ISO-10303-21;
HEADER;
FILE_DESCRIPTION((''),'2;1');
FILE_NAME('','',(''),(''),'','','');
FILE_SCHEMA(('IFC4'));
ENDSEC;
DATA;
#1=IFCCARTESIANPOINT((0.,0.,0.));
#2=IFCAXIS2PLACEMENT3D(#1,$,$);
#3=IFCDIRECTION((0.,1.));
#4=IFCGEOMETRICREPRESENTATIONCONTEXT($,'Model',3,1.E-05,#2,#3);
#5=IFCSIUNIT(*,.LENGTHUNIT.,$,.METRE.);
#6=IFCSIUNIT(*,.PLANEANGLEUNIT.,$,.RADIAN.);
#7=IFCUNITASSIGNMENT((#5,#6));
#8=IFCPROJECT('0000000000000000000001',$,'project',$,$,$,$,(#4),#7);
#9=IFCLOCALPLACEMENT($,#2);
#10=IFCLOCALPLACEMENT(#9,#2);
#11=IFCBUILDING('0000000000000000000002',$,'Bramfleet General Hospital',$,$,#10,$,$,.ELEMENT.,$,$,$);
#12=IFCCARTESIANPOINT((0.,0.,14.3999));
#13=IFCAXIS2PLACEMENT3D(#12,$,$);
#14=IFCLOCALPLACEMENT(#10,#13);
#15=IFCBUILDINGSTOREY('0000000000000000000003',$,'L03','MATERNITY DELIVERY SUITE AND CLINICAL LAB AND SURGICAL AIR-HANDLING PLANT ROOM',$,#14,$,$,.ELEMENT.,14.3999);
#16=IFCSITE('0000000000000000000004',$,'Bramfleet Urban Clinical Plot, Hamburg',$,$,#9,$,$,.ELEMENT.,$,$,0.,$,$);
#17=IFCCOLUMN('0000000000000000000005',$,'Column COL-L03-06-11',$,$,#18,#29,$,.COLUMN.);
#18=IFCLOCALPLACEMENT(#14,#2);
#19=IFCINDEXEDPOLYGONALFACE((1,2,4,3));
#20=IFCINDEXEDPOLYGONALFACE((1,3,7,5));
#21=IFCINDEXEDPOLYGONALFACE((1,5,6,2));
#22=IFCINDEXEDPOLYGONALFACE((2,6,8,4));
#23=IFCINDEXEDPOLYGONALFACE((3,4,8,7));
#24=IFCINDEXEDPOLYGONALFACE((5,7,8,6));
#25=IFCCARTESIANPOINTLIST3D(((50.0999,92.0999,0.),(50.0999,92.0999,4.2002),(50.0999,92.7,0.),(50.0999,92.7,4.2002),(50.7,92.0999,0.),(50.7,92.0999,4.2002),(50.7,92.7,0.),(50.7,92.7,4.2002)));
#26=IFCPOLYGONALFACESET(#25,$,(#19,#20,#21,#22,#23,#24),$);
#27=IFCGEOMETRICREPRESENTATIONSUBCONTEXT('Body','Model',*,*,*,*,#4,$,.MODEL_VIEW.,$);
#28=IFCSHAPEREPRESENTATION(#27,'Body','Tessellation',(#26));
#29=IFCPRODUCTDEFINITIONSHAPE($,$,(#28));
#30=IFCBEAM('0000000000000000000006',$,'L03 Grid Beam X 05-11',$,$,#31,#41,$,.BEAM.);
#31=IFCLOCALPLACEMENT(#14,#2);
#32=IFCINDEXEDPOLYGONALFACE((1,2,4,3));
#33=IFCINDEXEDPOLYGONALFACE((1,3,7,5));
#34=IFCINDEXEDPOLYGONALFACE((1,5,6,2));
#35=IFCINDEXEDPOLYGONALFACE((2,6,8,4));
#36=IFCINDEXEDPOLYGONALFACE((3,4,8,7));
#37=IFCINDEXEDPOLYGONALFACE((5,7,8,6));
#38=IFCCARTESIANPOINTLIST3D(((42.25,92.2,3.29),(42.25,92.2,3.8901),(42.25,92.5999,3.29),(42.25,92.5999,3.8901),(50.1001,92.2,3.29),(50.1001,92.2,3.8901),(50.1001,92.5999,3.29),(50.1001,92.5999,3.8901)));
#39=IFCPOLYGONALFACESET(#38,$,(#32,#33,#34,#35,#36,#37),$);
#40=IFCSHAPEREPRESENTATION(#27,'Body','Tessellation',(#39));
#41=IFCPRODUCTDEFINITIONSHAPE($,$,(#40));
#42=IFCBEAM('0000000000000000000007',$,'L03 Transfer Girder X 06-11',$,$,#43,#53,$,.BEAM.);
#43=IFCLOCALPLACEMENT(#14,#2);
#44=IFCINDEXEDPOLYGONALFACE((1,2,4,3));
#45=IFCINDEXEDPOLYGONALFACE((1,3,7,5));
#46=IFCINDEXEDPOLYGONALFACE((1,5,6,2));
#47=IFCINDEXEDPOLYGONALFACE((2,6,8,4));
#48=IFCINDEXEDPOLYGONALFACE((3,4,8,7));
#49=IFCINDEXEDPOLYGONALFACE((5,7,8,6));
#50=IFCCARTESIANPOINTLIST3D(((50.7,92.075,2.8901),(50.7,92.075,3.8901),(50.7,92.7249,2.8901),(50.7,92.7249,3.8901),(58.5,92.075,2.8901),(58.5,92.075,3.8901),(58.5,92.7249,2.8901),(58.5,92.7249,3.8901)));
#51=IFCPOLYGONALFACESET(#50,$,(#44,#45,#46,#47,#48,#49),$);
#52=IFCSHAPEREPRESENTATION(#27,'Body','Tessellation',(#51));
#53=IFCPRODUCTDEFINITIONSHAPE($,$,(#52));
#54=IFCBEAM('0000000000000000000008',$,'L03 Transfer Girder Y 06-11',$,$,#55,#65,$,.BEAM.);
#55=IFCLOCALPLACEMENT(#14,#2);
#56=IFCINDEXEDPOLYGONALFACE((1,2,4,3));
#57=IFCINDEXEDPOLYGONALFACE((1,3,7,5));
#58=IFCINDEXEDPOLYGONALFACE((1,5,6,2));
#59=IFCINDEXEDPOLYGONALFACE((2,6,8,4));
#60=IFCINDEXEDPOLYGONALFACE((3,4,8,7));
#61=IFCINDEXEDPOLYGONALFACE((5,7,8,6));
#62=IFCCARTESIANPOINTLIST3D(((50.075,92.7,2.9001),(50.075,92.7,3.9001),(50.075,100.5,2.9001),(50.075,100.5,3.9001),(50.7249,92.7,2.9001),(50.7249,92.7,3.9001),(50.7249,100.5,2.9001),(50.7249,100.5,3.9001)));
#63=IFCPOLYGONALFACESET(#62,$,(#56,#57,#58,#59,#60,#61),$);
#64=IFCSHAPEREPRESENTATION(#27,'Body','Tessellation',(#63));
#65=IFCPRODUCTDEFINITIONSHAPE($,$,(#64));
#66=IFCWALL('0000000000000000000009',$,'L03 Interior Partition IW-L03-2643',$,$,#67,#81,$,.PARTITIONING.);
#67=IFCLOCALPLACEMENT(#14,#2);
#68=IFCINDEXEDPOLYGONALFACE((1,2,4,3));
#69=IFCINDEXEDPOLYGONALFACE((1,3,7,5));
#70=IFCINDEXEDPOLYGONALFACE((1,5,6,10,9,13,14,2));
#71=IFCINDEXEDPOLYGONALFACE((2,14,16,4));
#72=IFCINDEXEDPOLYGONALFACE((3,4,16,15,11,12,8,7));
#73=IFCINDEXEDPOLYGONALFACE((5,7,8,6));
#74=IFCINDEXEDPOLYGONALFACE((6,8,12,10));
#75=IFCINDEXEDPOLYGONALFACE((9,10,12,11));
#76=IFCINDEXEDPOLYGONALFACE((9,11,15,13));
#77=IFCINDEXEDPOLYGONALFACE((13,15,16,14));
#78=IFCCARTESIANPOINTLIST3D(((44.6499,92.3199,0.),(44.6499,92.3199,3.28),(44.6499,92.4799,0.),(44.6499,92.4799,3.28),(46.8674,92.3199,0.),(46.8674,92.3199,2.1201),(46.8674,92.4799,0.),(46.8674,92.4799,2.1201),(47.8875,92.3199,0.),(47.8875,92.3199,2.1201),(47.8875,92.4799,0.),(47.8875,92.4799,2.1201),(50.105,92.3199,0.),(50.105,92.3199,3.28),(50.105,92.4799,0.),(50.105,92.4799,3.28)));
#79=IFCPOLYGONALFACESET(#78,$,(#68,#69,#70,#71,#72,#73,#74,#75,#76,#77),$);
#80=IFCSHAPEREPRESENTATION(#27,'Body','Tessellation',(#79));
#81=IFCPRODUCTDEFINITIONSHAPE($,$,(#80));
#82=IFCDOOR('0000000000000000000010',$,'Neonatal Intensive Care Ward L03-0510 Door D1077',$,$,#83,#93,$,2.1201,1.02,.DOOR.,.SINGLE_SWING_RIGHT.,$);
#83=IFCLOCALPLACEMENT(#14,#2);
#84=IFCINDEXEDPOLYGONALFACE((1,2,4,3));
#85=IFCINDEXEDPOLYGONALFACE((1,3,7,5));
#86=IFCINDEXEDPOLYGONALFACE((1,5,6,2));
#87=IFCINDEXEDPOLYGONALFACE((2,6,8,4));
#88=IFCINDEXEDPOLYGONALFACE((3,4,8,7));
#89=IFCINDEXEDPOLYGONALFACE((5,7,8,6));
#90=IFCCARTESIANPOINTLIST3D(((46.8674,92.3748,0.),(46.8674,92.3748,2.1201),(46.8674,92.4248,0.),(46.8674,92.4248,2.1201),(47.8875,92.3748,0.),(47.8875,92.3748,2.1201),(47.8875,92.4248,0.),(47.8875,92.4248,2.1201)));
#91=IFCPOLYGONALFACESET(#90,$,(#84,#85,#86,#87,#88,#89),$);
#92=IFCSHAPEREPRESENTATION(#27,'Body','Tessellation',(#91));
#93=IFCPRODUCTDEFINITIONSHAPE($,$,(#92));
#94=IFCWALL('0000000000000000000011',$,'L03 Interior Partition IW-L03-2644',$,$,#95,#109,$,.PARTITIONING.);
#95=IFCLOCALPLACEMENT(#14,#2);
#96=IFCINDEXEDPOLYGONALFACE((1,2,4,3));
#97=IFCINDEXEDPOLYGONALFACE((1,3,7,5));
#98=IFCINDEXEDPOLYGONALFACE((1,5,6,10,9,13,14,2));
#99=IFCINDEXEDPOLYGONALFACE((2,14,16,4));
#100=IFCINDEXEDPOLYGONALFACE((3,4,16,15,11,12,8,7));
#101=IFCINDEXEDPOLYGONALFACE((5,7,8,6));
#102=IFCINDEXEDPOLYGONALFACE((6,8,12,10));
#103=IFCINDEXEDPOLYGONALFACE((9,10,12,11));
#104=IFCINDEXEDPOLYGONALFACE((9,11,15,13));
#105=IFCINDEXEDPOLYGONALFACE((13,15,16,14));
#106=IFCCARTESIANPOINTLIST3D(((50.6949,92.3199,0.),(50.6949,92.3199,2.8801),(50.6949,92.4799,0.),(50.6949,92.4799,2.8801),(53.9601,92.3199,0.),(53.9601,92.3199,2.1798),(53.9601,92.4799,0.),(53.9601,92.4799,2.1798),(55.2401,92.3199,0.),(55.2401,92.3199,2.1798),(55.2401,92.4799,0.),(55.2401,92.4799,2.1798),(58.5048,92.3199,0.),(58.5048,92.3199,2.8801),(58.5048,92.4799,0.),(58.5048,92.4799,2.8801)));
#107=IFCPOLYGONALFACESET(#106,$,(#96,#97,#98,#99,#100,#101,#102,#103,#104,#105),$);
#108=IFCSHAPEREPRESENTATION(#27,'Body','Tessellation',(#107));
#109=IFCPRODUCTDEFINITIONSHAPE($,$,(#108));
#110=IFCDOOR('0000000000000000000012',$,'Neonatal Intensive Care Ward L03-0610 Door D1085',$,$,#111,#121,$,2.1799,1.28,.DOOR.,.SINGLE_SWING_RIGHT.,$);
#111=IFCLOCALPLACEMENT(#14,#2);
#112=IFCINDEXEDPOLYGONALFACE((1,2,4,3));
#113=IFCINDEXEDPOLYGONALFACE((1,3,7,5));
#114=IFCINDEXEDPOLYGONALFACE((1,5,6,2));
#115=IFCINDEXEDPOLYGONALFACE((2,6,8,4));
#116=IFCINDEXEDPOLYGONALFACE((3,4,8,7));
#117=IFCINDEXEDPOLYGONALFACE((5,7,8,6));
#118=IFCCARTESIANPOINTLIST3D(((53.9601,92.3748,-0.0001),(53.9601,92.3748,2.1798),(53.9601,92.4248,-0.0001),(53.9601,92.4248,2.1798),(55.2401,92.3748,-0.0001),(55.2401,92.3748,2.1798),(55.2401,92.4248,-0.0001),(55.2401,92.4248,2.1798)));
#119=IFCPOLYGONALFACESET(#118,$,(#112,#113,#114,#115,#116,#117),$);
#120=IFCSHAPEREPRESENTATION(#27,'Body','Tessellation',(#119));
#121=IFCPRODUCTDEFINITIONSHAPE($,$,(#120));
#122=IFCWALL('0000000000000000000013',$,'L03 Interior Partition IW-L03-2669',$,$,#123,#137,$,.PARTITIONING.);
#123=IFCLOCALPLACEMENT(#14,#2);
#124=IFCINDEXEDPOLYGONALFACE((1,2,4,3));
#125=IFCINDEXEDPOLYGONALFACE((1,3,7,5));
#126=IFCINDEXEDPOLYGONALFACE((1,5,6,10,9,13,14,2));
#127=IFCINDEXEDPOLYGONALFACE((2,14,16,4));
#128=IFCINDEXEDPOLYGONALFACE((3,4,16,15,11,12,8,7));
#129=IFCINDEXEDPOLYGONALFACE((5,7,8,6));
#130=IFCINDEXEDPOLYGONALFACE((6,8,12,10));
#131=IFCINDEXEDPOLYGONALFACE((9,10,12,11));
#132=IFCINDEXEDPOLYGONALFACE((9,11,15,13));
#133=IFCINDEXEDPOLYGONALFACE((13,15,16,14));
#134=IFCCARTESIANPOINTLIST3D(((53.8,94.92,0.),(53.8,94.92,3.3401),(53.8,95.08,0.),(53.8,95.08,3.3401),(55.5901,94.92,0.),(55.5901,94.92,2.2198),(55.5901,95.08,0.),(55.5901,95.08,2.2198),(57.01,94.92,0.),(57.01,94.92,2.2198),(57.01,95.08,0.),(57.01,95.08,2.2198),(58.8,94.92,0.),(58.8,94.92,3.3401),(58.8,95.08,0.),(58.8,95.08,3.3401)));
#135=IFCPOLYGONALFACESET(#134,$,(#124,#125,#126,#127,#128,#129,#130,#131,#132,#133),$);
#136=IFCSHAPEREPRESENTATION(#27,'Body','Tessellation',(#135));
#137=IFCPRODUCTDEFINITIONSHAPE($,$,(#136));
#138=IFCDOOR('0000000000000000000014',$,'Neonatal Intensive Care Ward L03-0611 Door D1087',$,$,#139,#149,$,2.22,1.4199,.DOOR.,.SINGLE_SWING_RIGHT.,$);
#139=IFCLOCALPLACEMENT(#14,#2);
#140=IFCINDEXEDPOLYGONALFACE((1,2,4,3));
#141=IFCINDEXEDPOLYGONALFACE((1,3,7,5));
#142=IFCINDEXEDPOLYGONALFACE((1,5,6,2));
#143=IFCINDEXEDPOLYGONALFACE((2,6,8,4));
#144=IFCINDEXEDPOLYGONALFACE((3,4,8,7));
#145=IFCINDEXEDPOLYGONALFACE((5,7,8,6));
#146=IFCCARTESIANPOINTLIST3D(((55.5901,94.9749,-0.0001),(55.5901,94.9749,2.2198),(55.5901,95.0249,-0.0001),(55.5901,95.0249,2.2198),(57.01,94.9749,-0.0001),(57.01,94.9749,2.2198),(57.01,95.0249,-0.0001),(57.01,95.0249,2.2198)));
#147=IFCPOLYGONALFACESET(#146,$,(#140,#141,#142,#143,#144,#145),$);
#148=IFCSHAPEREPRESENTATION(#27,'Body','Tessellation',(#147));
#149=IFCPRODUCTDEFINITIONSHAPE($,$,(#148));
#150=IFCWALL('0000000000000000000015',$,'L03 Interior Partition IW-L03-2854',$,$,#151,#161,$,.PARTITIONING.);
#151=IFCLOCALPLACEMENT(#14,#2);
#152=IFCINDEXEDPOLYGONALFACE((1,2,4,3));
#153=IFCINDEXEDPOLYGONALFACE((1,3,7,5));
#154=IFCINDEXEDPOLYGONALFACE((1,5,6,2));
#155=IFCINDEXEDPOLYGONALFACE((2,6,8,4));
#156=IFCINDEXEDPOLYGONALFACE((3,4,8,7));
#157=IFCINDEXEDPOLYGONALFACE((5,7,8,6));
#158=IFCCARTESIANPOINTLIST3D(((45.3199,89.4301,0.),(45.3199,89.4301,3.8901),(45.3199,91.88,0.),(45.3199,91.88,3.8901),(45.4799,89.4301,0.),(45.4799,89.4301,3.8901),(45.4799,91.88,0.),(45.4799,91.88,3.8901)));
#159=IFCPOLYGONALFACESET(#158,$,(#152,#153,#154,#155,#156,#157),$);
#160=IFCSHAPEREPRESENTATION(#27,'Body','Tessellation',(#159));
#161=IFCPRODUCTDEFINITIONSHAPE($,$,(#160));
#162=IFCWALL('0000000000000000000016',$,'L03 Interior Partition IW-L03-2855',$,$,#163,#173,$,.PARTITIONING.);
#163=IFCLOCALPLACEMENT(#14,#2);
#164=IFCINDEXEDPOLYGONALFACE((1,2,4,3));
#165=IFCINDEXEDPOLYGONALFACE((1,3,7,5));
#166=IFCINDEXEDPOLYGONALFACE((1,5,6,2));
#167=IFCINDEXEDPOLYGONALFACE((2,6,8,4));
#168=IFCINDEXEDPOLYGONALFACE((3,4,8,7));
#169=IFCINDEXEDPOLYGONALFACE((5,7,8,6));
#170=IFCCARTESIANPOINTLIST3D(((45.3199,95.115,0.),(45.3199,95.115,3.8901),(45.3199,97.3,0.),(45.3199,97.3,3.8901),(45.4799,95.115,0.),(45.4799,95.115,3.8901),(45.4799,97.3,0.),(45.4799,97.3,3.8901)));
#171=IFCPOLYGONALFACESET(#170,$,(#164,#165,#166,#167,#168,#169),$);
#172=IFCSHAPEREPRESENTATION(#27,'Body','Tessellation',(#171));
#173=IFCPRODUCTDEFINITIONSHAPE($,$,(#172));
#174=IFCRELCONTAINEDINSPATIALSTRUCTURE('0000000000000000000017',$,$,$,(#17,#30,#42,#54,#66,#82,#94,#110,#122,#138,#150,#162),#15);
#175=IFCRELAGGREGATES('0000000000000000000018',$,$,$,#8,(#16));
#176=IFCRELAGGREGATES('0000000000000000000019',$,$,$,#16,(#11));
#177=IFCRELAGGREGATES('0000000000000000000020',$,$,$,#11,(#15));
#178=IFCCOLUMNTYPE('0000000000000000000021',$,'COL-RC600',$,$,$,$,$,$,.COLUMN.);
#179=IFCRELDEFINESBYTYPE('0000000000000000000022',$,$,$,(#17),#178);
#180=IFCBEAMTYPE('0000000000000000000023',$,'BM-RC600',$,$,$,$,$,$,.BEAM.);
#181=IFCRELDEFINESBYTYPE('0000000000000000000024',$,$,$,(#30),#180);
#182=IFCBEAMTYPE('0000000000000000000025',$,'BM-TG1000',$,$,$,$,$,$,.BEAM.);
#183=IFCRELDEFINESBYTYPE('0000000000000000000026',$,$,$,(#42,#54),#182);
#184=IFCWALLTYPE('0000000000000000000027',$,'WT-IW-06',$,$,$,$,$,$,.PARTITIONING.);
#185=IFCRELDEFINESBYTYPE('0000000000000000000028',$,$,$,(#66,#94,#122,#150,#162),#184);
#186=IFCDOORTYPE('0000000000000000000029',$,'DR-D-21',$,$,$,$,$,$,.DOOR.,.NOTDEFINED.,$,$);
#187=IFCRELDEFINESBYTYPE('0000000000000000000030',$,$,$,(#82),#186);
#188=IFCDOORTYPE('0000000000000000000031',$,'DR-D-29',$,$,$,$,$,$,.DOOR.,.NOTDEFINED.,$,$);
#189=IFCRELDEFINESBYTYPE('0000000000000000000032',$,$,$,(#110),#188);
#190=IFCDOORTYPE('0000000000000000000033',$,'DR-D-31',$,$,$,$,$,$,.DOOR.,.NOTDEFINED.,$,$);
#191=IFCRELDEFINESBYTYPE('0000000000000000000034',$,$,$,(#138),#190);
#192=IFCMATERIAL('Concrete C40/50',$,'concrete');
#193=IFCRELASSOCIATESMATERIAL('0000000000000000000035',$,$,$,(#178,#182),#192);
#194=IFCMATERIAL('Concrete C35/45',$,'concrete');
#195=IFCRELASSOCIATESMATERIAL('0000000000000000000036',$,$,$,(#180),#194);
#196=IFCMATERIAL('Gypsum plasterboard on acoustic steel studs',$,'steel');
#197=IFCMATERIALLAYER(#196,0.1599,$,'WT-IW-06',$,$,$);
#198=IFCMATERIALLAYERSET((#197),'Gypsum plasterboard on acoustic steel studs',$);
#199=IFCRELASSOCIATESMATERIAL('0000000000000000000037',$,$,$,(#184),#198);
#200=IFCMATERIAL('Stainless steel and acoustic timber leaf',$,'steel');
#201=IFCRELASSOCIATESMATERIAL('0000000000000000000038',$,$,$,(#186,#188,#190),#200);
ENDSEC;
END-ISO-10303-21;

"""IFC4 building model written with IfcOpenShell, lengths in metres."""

from ifc_helpers import new_model, si_unit, direction, frame, frame_2d, origin, origin_2d, place, context, subcontext, project, spatial, rectangle, extrude, material, layer, layer_set, material_profile, profile_set, type_object, element, fill, save


model = new_model("IFC4")

# Units and contexts
model_context = context("Model", 3, precision=1e-05, world=origin(), true_north=direction((0.0, 1.0)))
body_context = subcontext(model_context, "Body", "Model", "MODEL_VIEW")
ifc_project = project(units=[si_unit("LENGTHUNIT", "METRE"), si_unit("PLANEANGLEUNIT", "RADIAN")], contexts=[model_context])

# Site, building, storey
site_placement = place(None, origin())
site = spatial("IfcSite", under=ifc_project, at=site_placement, Name="Bramfleet Urban Clinical Plot, Hamburg", CompositionType="ELEMENT", RefElevation=0.0)
building_placement = place(site_placement, origin())
building = spatial("IfcBuilding", under=site, at=building_placement, Name="Bramfleet General Hospital", CompositionType="ELEMENT")
storey_placement = place(building_placement, frame((0.0, 0.0, 14.3999)))
storey = spatial("IfcBuildingStorey", under=building, at=storey_placement, Name="L03", Description="MATERNITY DELIVERY SUITE AND CLINICAL LAB AND SURGICAL AIR-HANDLING PLANT ROOM", CompositionType="ELEMENT", Elevation=14.3999)

# Column
ifc_material_1 = material(Name="Concrete C40/50", Category="concrete")
ifc_material_profile_1 = material_profile(ifc_material_1, rectangle(XDim=0.6001, YDim=0.6001, at=origin_2d()), Name="RC COL 600x600")
ifc_profile_set_1 = profile_set([ifc_material_profile_1], Name="Concrete C40/50")
column_type = type_object("IfcColumnType", Name="COL-RC600", PredefinedType="COLUMN", material=ifc_profile_set_1)
column_placement = place(storey_placement, frame((50.3999, 92.3999, 0.0), z_axis=(0.0, 0.0, 1.0), x_axis=(1.0, 0.0, 0.0)))
element("IfcColumn", 1, at=column_placement, inside=storey, type_object=column_type, Name="Column COL-L03-06-11", PredefinedType="COLUMN", context=body_context, shape_type="SweptSolid", body=[
    extrude(rectangle(XDim=0.6001, YDim=0.6001, at=origin_2d()), origin(), (0.0, 0.0, 1.0), 4.2002),
])

# Beams
ifc_material_2 = material(Name="Concrete C35/45", Category="concrete")
ifc_material_profile_2 = material_profile(ifc_material_2, rectangle(XDim=0.3999, YDim=0.6001, at=origin_2d()), Name="RC BM 600x400")
ifc_profile_set_2 = profile_set([ifc_material_profile_2], Name="Concrete C35/45")
beam_type_1 = type_object("IfcBeamType", Name="BM-RC600", PredefinedType="BEAM", material=ifc_profile_set_2)
beam_placement = place(storey_placement, frame((42.25, 92.3999, 3.5901), z_axis=(1.0, 0.0, 0.0), x_axis=(0.0, 1.0, 0.0)))
element("IfcBeam", 2, at=beam_placement, inside=storey, type_object=beam_type_1, Name="L03 Grid Beam X 05-11", PredefinedType="BEAM", context=body_context, shape_type="SweptSolid", body=[
    extrude(rectangle(XDim=0.3999, YDim=0.6001, at=origin_2d()), origin(), (0.0, 0.0, 1.0), 7.8501),
])
ifc_material_profile_3 = material_profile(ifc_material_1, rectangle(XDim=0.6499, YDim=1.0, at=origin_2d()), Name="RC TG 1000x650")
ifc_profile_set_3 = profile_set([ifc_material_profile_3], Name="Concrete C40/50")
beam_type_2 = type_object("IfcBeamType", Name="BM-TG1000", PredefinedType="BEAM", material=ifc_profile_set_3)
for number, where, z_axis, x_axis, name in (
    (3, (50.7, 92.3999, 3.3901), (1.0, 0.0, 0.0), (0.0, 1.0, 0.0), "L03 Transfer Girder X 06-11"),
    (4, (50.3999, 92.7, 3.4001), (0.0, 1.0, 0.0), (-1.0, 0.0, 0.0), "L03 Transfer Girder Y 06-11"),
):
    element("IfcBeam", number, at=place(storey_placement, frame(where, z_axis=z_axis, x_axis=x_axis)), inside=storey, type_object=beam_type_2, Name=name, PredefinedType="BEAM", context=body_context, shape_type="SweptSolid", body=[
        extrude(rectangle(XDim=0.6499, YDim=1.0, at=origin_2d()), origin(), (0.0, 0.0, 1.0), 7.8),
    ])

# Walls, openings, doors
ifc_material_3 = material(Name="Gypsum plasterboard on acoustic steel studs", Category="steel")
ifc_layer_1 = layer(ifc_material_3, 0.1599, Name="WT-IW-06")
ifc_layer_set_1 = layer_set([ifc_layer_1], Name="Gypsum plasterboard on acoustic steel studs")
wall_type_1 = type_object("IfcWallType", Name="WT-IW-06", PredefinedType="PARTITIONING", material=ifc_layer_set_1)
wall_1_placement = place(storey_placement, frame((44.6499, 92.3999, 0.0), z_axis=(0.0, 0.0, 1.0), x_axis=(1.0, 0.0, 0.0)))
wall_1 = element("IfcWall", 5, at=wall_1_placement, inside=storey, type_object=wall_type_1, Name="L03 Interior Partition IW-L03-2643", PredefinedType="PARTITIONING", context=body_context, shape_type="SweptSolid", body=[
    extrude(rectangle(XDim=5.4551, YDim=0.1599, at=frame_2d((2.7275, 0.0))), origin(), (0.0, 0.0, 1.0), 3.28),
])
opening_1_placement = place(wall_1_placement, frame((2.2175, 0.0, 0.0)))
opening_1 = element("IfcOpeningElement", 6, at=opening_1_placement, cuts=wall_1, PredefinedType="OPENING", context=body_context, shape_type="SweptSolid", body=[
    extrude(rectangle(XDim=1.02, YDim=2.1201, at=frame_2d((0.51, 1.0601))), frame((0.0, 0.0898, 0.0), z_axis=(0.0, -1.0, 0.0), x_axis=(1.0, 0.0, 0.0)), (0.0, 0.0, 1.0), 0.1799),
])
ifc_material_4 = material(Name="Stainless steel and acoustic timber leaf", Category="steel")
door_type_1 = type_object("IfcDoorType", Name="DR-D-21", OperationType="NOTDEFINED", PredefinedType="DOOR", material=ifc_material_4)
door_1_placement = place(opening_1_placement, origin())
door_1 = element("IfcDoor", 7, at=door_1_placement, inside=storey, type_object=door_type_1, Name="Neonatal Intensive Care Ward L03-0510 Door D1077", OperationType="SINGLE_SWING_RIGHT", OverallHeight=2.1201, OverallWidth=1.02, PredefinedType="DOOR", context=body_context, shape_type="SweptSolid", body=[
    extrude(rectangle(XDim=1.02, YDim=2.1201, at=frame_2d((0.51, 1.0601))), frame((0.0, 0.0249, 0.0), z_axis=(0.0, -1.0, 0.0), x_axis=(1.0, 0.0, 0.0)), (0.0, 0.0, 1.0), 0.05),
])
fill(opening_1, door_1)
wall_2_placement = place(storey_placement, frame((50.6951, 92.3999, 0.0), z_axis=(0.0, 0.0, 1.0), x_axis=(1.0, 0.0, 0.0)))
wall_2 = element("IfcWall", 8, at=wall_2_placement, inside=storey, type_object=wall_type_1, Name="L03 Interior Partition IW-L03-2644", PredefinedType="PARTITIONING", context=body_context, shape_type="SweptSolid", body=[
    extrude(rectangle(XDim=7.8098, YDim=0.1599, at=frame_2d((3.9048, 0.0))), origin(), (0.0, 0.0, 1.0), 2.8801),
])
opening_2_placement = place(wall_2_placement, frame((3.2649, 0.0, 0.0)))
opening_2 = element("IfcOpeningElement", 9, at=opening_2_placement, cuts=wall_2, PredefinedType="OPENING", context=body_context, shape_type="SweptSolid", body=[
    extrude(rectangle(XDim=1.28, YDim=2.1799, at=frame_2d((0.6401, 1.0898))), frame((0.0, 0.0898, 0.0), z_axis=(0.0, -1.0, 0.0), x_axis=(1.0, 0.0, 0.0)), (0.0, 0.0, 1.0), 0.1799),
])
door_type_2 = type_object("IfcDoorType", Name="DR-D-29", OperationType="NOTDEFINED", PredefinedType="DOOR", material=ifc_material_4)
door_2_placement = place(opening_2_placement, origin())
door_2 = element("IfcDoor", 10, at=door_2_placement, inside=storey, type_object=door_type_2, Name="Neonatal Intensive Care Ward L03-0610 Door D1085", OperationType="SINGLE_SWING_RIGHT", OverallHeight=2.1799, OverallWidth=1.28, PredefinedType="DOOR", context=body_context, shape_type="SweptSolid", body=[
    extrude(rectangle(XDim=1.28, YDim=2.1799, at=frame_2d((0.6401, 1.0898))), frame((0.0, 0.0249, 0.0), z_axis=(0.0, -1.0, 0.0), x_axis=(1.0, 0.0, 0.0)), (0.0, 0.0, 1.0), 0.05),
])
fill(opening_2, door_2)
wall_3_placement = place(storey_placement, frame((53.8, 95.0, 0.0), z_axis=(0.0, 0.0, 1.0), x_axis=(1.0, 0.0, 0.0)))
wall_3 = element("IfcWall", 11, at=wall_3_placement, inside=storey, type_object=wall_type_1, Name="L03 Interior Partition IW-L03-2669", PredefinedType="PARTITIONING", context=body_context, shape_type="SweptSolid", body=[
    extrude(rectangle(XDim=5.0, YDim=0.1599, at=frame_2d((2.5, 0.0))), origin(), (0.0, 0.0, 1.0), 3.3401),
])
opening_3_placement = place(wall_3_placement, frame((1.79, 0.0, 0.0)))
opening_3 = element("IfcOpeningElement", 12, at=opening_3_placement, cuts=wall_3, PredefinedType="OPENING", context=body_context, shape_type="SweptSolid", body=[
    extrude(rectangle(XDim=1.4199, YDim=2.22, at=frame_2d((0.71, 1.1099))), frame((0.0, 0.0898, 0.0), z_axis=(0.0, -1.0, 0.0), x_axis=(1.0, 0.0, 0.0)), (0.0, 0.0, 1.0), 0.1799),
])
door_type_3 = type_object("IfcDoorType", Name="DR-D-31", OperationType="NOTDEFINED", PredefinedType="DOOR", material=ifc_material_4)
door_3_placement = place(opening_3_placement, origin())
door_3 = element("IfcDoor", 13, at=door_3_placement, inside=storey, type_object=door_type_3, Name="Neonatal Intensive Care Ward L03-0611 Door D1087", OperationType="SINGLE_SWING_RIGHT", OverallHeight=2.22, OverallWidth=1.4199, PredefinedType="DOOR", context=body_context, shape_type="SweptSolid", body=[
    extrude(rectangle(XDim=1.4199, YDim=2.22, at=frame_2d((0.71, 1.1099))), frame((0.0, 0.0249, 0.0), z_axis=(0.0, -1.0, 0.0), x_axis=(1.0, 0.0, 0.0)), (0.0, 0.0, 1.0), 0.05),
])
fill(opening_3, door_3)

# Walls
wall_4_placement = place(storey_placement, frame((45.3999, 89.4299, 0.0), z_axis=(0.0, 0.0, 1.0), x_axis=(0.0, 1.0, 0.0)))
element("IfcWall", 14, at=wall_4_placement, inside=storey, type_object=wall_type_1, Name="L03 Interior Partition IW-L03-2854", PredefinedType="PARTITIONING", context=body_context, shape_type="SweptSolid", body=[
    extrude(rectangle(XDim=2.45, YDim=0.1599, at=frame_2d((1.2251, 0.0))), origin(), (0.0, 0.0, 1.0), 3.8901),
])
wall_5_placement = place(storey_placement, frame((45.3999, 95.115, 0.0), z_axis=(0.0, 0.0, 1.0), x_axis=(0.0, 1.0, 0.0)))
element("IfcWall", 15, at=wall_5_placement, inside=storey, type_object=wall_type_1, Name="L03 Interior Partition IW-L03-2855", PredefinedType="PARTITIONING", context=body_context, shape_type="SweptSolid", body=[
    extrude(rectangle(XDim=2.1851, YDim=0.1599, at=frame_2d((1.0925, 0.0))), origin(), (0.0, 0.0, 1.0), 3.8901),
])

save(model, "model.ifc")
